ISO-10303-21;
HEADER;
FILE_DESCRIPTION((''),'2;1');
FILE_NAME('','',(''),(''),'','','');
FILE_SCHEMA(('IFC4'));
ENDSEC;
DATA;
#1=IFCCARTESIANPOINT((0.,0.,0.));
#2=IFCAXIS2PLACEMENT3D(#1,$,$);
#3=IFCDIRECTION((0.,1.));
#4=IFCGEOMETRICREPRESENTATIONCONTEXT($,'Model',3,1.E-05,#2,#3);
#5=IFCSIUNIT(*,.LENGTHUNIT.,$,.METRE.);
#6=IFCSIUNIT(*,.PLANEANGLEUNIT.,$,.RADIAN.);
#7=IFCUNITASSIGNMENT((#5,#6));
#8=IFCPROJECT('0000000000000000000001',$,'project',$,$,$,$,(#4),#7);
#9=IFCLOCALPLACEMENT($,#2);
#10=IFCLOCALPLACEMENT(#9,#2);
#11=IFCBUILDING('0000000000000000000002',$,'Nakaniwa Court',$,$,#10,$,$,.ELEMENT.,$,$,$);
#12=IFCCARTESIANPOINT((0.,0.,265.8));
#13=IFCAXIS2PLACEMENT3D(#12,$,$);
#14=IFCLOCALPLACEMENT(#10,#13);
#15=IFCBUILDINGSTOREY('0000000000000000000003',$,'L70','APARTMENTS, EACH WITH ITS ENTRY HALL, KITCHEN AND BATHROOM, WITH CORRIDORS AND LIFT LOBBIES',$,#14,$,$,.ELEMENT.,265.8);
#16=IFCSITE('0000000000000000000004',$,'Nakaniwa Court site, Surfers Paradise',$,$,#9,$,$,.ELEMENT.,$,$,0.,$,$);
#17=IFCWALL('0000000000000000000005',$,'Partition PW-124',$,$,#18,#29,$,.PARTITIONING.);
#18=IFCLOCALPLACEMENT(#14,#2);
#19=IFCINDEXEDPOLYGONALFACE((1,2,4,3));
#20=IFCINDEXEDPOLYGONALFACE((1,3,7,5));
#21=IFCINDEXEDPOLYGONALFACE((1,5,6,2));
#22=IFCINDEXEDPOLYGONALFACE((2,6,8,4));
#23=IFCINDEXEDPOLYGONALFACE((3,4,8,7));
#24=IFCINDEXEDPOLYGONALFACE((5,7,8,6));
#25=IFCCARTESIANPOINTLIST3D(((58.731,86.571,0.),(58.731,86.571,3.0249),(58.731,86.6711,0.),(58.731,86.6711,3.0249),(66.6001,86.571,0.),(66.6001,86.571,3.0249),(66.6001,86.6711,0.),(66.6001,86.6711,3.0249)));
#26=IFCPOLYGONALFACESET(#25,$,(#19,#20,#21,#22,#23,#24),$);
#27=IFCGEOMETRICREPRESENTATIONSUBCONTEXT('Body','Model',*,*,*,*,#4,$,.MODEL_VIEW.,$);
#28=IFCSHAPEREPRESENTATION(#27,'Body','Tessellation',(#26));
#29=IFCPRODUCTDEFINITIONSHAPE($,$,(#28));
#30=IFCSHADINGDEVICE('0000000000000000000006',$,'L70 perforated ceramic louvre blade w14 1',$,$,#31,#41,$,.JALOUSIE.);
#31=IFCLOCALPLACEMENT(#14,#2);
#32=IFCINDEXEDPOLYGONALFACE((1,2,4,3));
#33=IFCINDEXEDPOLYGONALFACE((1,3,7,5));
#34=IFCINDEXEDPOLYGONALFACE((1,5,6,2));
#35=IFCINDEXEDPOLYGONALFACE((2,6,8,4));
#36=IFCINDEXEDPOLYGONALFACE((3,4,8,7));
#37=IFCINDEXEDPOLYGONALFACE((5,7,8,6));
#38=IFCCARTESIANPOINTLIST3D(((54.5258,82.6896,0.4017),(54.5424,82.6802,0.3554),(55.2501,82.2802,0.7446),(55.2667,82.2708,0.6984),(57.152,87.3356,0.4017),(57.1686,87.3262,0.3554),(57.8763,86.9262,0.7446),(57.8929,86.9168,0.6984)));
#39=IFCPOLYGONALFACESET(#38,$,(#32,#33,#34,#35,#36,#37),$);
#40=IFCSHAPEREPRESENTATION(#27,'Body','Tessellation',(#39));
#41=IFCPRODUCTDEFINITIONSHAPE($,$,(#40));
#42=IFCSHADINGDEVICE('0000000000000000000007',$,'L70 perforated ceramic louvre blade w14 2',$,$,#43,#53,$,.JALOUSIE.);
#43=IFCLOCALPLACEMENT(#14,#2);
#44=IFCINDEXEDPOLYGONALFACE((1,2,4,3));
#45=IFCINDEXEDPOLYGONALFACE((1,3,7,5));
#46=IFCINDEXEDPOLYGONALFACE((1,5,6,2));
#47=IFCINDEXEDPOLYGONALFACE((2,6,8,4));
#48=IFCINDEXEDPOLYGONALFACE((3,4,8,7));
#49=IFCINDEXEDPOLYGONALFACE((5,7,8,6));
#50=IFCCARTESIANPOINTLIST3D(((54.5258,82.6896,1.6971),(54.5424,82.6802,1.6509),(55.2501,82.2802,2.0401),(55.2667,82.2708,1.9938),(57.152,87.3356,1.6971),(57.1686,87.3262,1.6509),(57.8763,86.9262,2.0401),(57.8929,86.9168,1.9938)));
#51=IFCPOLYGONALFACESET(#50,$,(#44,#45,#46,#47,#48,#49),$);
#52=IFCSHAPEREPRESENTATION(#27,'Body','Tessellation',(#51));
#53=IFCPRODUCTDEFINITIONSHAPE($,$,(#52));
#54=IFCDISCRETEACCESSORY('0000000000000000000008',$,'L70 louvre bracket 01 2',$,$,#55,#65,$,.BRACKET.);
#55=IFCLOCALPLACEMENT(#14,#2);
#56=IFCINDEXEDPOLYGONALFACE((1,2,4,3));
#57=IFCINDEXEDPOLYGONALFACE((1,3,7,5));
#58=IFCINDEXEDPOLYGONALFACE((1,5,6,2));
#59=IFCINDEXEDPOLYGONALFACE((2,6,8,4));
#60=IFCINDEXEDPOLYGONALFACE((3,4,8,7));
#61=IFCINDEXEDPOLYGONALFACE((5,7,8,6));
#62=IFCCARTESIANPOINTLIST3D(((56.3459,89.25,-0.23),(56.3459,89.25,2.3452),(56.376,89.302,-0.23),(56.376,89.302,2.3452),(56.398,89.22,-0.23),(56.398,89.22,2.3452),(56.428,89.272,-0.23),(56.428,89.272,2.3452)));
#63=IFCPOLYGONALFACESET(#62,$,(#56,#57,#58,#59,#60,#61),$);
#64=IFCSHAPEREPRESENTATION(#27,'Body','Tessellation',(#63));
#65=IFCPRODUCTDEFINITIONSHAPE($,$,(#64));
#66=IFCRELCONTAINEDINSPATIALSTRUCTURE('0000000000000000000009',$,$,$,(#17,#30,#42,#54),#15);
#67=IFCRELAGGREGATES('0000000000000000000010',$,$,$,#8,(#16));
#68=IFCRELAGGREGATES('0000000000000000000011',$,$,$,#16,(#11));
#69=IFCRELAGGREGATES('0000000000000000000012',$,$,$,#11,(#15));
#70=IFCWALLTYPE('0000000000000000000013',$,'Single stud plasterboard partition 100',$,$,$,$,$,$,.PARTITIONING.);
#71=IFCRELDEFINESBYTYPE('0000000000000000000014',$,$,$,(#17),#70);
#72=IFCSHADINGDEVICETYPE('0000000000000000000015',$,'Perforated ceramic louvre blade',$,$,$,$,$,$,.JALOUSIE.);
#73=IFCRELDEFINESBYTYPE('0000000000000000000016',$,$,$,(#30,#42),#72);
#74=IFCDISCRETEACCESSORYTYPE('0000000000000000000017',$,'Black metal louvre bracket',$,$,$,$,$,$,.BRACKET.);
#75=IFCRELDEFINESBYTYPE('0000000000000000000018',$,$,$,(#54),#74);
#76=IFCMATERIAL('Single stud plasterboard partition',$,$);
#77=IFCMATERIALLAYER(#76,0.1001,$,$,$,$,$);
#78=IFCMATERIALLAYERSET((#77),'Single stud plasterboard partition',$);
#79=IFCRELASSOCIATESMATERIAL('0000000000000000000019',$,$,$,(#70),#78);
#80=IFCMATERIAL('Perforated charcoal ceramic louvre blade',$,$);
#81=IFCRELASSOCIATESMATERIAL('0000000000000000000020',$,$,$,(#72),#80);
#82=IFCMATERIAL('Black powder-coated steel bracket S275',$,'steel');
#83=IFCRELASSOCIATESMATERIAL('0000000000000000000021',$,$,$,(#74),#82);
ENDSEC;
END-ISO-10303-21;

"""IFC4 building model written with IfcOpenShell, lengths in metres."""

from ifc_helpers import new_model, si_unit, direction, frame, frame_2d, origin, origin_2d, place, context, subcontext, project, spatial, rectangle, extrude, material, layer, layer_set, material_profile, profile_set, type_object, element, save


model = new_model("IFC4")

# Units and contexts
model_context = context("Model", 3, precision=1e-05, world=origin(), true_north=direction((0.0, 1.0)))
body_context = subcontext(model_context, "Body", "Model", "MODEL_VIEW")
ifc_project = project(units=[si_unit("LENGTHUNIT", "METRE"), si_unit("PLANEANGLEUNIT", "RADIAN")], contexts=[model_context])

# Site, building, storey
site_placement = place(None, origin())
site = spatial("IfcSite", under=ifc_project, at=site_placement, Name="Nakaniwa Court site, Surfers Paradise", CompositionType="ELEMENT", RefElevation=0.0)
building_placement = place(site_placement, origin())
building = spatial("IfcBuilding", under=site, at=building_placement, Name="Nakaniwa Court", CompositionType="ELEMENT")
storey_placement = place(building_placement, frame((0.0, 0.0, 265.8)))
storey = spatial("IfcBuildingStorey", under=building, at=storey_placement, Name="L70", Description="APARTMENTS, EACH WITH ITS ENTRY HALL, KITCHEN AND BATHROOM, WITH CORRIDORS AND LIFT LOBBIES", CompositionType="ELEMENT", Elevation=265.8)

# Wall
ifc_material_1 = material(Name="Single stud plasterboard partition")
ifc_layer_1 = layer(ifc_material_1, 0.1001)
ifc_layer_set_1 = layer_set([ifc_layer_1], Name="Single stud plasterboard partition")
wall_type_1 = type_object("IfcWallType", Name="Single stud plasterboard partition 100", PredefinedType="PARTITIONING", material=ifc_layer_set_1)
wall_1_placement = place(storey_placement, frame((58.731, 86.6211, 0.0), z_axis=(0.0, 0.0, 1.0), x_axis=(1.0, 0.0, 0.0)))
element("IfcWall", 1, at=wall_1_placement, inside=storey, type_object=wall_type_1, Name="Partition PW-124", PredefinedType="PARTITIONING", context=body_context, shape_type="SweptSolid", body=[
    extrude(rectangle(XDim=7.8691, YDim=0.1001, at=frame_2d((3.9346, 0.0))), origin(), (0.0, 0.0, 1.0), 3.0249),
])

# Shading devices
ifc_material_2 = material(Name="Perforated charcoal ceramic louvre blade")
ifc_material_profile_1 = material_profile(ifc_material_2, rectangle(XDim=0.8999, YDim=0.05, at=origin_2d()), Name="Perforated ceramic louvre blade")
ifc_profile_set_1 = profile_set([ifc_material_profile_1], Name="Perforated charcoal ceramic louvre blade")
shading_device_type = type_object("IfcShadingDeviceType", Name="Perforated ceramic louvre blade", PredefinedType="JALOUSIE", material=ifc_profile_set_1)
for number, where, z_axis, x_axis, name in (
    (2, (57.5225, 87.1262, 0.55), (-0.492089, -0.870545, 0.0), (0.804859, -0.454959, 0.38107), "L70 perforated ceramic louvre blade w14 1"),
    (3, (57.5225, 87.1262, 1.8455), (-0.492089, -0.870545, 0.0), (0.804859, -0.454959, 0.38107), "L70 perforated ceramic louvre blade w14 2"),
):
    element("IfcShadingDevice", number, at=place(storey_placement, frame(where, z_axis=z_axis, x_axis=x_axis)), inside=storey, type_object=shading_device_type, Name=name, PredefinedType="JALOUSIE", context=body_context, shape_type="SweptSolid", body=[
        extrude(rectangle(XDim=0.8999, YDim=0.05, at=origin_2d()), origin(), (0.0, 0.0, 1.0), 5.3369),
    ])

# Discrete accessory
ifc_material_3 = material(Name="Black powder-coated steel bracket S275", Category="steel")
discrete_accessory_type = type_object("IfcDiscreteAccessoryType", Name="Black metal louvre bracket", PredefinedType="BRACKET", material=ifc_material_3)
discrete_accessory_placement = place(storey_placement, frame((56.387, 89.261, -0.23), z_axis=(0.0, 0.0, 1.0), x_axis=(-0.499986, -0.866033, 0.0)))
element("IfcDiscreteAccessory", 4, at=discrete_accessory_placement, inside=storey, type_object=discrete_accessory_type, Name="L70 louvre bracket 01 2", PredefinedType="BRACKET", context=body_context, shape_type="SweptSolid", body=[
    extrude(rectangle(XDim=0.0601, YDim=0.0601, at=origin_2d()), origin(), (0.0, 0.0, 1.0), 2.5752),
])

save(model, "model.ifc")
